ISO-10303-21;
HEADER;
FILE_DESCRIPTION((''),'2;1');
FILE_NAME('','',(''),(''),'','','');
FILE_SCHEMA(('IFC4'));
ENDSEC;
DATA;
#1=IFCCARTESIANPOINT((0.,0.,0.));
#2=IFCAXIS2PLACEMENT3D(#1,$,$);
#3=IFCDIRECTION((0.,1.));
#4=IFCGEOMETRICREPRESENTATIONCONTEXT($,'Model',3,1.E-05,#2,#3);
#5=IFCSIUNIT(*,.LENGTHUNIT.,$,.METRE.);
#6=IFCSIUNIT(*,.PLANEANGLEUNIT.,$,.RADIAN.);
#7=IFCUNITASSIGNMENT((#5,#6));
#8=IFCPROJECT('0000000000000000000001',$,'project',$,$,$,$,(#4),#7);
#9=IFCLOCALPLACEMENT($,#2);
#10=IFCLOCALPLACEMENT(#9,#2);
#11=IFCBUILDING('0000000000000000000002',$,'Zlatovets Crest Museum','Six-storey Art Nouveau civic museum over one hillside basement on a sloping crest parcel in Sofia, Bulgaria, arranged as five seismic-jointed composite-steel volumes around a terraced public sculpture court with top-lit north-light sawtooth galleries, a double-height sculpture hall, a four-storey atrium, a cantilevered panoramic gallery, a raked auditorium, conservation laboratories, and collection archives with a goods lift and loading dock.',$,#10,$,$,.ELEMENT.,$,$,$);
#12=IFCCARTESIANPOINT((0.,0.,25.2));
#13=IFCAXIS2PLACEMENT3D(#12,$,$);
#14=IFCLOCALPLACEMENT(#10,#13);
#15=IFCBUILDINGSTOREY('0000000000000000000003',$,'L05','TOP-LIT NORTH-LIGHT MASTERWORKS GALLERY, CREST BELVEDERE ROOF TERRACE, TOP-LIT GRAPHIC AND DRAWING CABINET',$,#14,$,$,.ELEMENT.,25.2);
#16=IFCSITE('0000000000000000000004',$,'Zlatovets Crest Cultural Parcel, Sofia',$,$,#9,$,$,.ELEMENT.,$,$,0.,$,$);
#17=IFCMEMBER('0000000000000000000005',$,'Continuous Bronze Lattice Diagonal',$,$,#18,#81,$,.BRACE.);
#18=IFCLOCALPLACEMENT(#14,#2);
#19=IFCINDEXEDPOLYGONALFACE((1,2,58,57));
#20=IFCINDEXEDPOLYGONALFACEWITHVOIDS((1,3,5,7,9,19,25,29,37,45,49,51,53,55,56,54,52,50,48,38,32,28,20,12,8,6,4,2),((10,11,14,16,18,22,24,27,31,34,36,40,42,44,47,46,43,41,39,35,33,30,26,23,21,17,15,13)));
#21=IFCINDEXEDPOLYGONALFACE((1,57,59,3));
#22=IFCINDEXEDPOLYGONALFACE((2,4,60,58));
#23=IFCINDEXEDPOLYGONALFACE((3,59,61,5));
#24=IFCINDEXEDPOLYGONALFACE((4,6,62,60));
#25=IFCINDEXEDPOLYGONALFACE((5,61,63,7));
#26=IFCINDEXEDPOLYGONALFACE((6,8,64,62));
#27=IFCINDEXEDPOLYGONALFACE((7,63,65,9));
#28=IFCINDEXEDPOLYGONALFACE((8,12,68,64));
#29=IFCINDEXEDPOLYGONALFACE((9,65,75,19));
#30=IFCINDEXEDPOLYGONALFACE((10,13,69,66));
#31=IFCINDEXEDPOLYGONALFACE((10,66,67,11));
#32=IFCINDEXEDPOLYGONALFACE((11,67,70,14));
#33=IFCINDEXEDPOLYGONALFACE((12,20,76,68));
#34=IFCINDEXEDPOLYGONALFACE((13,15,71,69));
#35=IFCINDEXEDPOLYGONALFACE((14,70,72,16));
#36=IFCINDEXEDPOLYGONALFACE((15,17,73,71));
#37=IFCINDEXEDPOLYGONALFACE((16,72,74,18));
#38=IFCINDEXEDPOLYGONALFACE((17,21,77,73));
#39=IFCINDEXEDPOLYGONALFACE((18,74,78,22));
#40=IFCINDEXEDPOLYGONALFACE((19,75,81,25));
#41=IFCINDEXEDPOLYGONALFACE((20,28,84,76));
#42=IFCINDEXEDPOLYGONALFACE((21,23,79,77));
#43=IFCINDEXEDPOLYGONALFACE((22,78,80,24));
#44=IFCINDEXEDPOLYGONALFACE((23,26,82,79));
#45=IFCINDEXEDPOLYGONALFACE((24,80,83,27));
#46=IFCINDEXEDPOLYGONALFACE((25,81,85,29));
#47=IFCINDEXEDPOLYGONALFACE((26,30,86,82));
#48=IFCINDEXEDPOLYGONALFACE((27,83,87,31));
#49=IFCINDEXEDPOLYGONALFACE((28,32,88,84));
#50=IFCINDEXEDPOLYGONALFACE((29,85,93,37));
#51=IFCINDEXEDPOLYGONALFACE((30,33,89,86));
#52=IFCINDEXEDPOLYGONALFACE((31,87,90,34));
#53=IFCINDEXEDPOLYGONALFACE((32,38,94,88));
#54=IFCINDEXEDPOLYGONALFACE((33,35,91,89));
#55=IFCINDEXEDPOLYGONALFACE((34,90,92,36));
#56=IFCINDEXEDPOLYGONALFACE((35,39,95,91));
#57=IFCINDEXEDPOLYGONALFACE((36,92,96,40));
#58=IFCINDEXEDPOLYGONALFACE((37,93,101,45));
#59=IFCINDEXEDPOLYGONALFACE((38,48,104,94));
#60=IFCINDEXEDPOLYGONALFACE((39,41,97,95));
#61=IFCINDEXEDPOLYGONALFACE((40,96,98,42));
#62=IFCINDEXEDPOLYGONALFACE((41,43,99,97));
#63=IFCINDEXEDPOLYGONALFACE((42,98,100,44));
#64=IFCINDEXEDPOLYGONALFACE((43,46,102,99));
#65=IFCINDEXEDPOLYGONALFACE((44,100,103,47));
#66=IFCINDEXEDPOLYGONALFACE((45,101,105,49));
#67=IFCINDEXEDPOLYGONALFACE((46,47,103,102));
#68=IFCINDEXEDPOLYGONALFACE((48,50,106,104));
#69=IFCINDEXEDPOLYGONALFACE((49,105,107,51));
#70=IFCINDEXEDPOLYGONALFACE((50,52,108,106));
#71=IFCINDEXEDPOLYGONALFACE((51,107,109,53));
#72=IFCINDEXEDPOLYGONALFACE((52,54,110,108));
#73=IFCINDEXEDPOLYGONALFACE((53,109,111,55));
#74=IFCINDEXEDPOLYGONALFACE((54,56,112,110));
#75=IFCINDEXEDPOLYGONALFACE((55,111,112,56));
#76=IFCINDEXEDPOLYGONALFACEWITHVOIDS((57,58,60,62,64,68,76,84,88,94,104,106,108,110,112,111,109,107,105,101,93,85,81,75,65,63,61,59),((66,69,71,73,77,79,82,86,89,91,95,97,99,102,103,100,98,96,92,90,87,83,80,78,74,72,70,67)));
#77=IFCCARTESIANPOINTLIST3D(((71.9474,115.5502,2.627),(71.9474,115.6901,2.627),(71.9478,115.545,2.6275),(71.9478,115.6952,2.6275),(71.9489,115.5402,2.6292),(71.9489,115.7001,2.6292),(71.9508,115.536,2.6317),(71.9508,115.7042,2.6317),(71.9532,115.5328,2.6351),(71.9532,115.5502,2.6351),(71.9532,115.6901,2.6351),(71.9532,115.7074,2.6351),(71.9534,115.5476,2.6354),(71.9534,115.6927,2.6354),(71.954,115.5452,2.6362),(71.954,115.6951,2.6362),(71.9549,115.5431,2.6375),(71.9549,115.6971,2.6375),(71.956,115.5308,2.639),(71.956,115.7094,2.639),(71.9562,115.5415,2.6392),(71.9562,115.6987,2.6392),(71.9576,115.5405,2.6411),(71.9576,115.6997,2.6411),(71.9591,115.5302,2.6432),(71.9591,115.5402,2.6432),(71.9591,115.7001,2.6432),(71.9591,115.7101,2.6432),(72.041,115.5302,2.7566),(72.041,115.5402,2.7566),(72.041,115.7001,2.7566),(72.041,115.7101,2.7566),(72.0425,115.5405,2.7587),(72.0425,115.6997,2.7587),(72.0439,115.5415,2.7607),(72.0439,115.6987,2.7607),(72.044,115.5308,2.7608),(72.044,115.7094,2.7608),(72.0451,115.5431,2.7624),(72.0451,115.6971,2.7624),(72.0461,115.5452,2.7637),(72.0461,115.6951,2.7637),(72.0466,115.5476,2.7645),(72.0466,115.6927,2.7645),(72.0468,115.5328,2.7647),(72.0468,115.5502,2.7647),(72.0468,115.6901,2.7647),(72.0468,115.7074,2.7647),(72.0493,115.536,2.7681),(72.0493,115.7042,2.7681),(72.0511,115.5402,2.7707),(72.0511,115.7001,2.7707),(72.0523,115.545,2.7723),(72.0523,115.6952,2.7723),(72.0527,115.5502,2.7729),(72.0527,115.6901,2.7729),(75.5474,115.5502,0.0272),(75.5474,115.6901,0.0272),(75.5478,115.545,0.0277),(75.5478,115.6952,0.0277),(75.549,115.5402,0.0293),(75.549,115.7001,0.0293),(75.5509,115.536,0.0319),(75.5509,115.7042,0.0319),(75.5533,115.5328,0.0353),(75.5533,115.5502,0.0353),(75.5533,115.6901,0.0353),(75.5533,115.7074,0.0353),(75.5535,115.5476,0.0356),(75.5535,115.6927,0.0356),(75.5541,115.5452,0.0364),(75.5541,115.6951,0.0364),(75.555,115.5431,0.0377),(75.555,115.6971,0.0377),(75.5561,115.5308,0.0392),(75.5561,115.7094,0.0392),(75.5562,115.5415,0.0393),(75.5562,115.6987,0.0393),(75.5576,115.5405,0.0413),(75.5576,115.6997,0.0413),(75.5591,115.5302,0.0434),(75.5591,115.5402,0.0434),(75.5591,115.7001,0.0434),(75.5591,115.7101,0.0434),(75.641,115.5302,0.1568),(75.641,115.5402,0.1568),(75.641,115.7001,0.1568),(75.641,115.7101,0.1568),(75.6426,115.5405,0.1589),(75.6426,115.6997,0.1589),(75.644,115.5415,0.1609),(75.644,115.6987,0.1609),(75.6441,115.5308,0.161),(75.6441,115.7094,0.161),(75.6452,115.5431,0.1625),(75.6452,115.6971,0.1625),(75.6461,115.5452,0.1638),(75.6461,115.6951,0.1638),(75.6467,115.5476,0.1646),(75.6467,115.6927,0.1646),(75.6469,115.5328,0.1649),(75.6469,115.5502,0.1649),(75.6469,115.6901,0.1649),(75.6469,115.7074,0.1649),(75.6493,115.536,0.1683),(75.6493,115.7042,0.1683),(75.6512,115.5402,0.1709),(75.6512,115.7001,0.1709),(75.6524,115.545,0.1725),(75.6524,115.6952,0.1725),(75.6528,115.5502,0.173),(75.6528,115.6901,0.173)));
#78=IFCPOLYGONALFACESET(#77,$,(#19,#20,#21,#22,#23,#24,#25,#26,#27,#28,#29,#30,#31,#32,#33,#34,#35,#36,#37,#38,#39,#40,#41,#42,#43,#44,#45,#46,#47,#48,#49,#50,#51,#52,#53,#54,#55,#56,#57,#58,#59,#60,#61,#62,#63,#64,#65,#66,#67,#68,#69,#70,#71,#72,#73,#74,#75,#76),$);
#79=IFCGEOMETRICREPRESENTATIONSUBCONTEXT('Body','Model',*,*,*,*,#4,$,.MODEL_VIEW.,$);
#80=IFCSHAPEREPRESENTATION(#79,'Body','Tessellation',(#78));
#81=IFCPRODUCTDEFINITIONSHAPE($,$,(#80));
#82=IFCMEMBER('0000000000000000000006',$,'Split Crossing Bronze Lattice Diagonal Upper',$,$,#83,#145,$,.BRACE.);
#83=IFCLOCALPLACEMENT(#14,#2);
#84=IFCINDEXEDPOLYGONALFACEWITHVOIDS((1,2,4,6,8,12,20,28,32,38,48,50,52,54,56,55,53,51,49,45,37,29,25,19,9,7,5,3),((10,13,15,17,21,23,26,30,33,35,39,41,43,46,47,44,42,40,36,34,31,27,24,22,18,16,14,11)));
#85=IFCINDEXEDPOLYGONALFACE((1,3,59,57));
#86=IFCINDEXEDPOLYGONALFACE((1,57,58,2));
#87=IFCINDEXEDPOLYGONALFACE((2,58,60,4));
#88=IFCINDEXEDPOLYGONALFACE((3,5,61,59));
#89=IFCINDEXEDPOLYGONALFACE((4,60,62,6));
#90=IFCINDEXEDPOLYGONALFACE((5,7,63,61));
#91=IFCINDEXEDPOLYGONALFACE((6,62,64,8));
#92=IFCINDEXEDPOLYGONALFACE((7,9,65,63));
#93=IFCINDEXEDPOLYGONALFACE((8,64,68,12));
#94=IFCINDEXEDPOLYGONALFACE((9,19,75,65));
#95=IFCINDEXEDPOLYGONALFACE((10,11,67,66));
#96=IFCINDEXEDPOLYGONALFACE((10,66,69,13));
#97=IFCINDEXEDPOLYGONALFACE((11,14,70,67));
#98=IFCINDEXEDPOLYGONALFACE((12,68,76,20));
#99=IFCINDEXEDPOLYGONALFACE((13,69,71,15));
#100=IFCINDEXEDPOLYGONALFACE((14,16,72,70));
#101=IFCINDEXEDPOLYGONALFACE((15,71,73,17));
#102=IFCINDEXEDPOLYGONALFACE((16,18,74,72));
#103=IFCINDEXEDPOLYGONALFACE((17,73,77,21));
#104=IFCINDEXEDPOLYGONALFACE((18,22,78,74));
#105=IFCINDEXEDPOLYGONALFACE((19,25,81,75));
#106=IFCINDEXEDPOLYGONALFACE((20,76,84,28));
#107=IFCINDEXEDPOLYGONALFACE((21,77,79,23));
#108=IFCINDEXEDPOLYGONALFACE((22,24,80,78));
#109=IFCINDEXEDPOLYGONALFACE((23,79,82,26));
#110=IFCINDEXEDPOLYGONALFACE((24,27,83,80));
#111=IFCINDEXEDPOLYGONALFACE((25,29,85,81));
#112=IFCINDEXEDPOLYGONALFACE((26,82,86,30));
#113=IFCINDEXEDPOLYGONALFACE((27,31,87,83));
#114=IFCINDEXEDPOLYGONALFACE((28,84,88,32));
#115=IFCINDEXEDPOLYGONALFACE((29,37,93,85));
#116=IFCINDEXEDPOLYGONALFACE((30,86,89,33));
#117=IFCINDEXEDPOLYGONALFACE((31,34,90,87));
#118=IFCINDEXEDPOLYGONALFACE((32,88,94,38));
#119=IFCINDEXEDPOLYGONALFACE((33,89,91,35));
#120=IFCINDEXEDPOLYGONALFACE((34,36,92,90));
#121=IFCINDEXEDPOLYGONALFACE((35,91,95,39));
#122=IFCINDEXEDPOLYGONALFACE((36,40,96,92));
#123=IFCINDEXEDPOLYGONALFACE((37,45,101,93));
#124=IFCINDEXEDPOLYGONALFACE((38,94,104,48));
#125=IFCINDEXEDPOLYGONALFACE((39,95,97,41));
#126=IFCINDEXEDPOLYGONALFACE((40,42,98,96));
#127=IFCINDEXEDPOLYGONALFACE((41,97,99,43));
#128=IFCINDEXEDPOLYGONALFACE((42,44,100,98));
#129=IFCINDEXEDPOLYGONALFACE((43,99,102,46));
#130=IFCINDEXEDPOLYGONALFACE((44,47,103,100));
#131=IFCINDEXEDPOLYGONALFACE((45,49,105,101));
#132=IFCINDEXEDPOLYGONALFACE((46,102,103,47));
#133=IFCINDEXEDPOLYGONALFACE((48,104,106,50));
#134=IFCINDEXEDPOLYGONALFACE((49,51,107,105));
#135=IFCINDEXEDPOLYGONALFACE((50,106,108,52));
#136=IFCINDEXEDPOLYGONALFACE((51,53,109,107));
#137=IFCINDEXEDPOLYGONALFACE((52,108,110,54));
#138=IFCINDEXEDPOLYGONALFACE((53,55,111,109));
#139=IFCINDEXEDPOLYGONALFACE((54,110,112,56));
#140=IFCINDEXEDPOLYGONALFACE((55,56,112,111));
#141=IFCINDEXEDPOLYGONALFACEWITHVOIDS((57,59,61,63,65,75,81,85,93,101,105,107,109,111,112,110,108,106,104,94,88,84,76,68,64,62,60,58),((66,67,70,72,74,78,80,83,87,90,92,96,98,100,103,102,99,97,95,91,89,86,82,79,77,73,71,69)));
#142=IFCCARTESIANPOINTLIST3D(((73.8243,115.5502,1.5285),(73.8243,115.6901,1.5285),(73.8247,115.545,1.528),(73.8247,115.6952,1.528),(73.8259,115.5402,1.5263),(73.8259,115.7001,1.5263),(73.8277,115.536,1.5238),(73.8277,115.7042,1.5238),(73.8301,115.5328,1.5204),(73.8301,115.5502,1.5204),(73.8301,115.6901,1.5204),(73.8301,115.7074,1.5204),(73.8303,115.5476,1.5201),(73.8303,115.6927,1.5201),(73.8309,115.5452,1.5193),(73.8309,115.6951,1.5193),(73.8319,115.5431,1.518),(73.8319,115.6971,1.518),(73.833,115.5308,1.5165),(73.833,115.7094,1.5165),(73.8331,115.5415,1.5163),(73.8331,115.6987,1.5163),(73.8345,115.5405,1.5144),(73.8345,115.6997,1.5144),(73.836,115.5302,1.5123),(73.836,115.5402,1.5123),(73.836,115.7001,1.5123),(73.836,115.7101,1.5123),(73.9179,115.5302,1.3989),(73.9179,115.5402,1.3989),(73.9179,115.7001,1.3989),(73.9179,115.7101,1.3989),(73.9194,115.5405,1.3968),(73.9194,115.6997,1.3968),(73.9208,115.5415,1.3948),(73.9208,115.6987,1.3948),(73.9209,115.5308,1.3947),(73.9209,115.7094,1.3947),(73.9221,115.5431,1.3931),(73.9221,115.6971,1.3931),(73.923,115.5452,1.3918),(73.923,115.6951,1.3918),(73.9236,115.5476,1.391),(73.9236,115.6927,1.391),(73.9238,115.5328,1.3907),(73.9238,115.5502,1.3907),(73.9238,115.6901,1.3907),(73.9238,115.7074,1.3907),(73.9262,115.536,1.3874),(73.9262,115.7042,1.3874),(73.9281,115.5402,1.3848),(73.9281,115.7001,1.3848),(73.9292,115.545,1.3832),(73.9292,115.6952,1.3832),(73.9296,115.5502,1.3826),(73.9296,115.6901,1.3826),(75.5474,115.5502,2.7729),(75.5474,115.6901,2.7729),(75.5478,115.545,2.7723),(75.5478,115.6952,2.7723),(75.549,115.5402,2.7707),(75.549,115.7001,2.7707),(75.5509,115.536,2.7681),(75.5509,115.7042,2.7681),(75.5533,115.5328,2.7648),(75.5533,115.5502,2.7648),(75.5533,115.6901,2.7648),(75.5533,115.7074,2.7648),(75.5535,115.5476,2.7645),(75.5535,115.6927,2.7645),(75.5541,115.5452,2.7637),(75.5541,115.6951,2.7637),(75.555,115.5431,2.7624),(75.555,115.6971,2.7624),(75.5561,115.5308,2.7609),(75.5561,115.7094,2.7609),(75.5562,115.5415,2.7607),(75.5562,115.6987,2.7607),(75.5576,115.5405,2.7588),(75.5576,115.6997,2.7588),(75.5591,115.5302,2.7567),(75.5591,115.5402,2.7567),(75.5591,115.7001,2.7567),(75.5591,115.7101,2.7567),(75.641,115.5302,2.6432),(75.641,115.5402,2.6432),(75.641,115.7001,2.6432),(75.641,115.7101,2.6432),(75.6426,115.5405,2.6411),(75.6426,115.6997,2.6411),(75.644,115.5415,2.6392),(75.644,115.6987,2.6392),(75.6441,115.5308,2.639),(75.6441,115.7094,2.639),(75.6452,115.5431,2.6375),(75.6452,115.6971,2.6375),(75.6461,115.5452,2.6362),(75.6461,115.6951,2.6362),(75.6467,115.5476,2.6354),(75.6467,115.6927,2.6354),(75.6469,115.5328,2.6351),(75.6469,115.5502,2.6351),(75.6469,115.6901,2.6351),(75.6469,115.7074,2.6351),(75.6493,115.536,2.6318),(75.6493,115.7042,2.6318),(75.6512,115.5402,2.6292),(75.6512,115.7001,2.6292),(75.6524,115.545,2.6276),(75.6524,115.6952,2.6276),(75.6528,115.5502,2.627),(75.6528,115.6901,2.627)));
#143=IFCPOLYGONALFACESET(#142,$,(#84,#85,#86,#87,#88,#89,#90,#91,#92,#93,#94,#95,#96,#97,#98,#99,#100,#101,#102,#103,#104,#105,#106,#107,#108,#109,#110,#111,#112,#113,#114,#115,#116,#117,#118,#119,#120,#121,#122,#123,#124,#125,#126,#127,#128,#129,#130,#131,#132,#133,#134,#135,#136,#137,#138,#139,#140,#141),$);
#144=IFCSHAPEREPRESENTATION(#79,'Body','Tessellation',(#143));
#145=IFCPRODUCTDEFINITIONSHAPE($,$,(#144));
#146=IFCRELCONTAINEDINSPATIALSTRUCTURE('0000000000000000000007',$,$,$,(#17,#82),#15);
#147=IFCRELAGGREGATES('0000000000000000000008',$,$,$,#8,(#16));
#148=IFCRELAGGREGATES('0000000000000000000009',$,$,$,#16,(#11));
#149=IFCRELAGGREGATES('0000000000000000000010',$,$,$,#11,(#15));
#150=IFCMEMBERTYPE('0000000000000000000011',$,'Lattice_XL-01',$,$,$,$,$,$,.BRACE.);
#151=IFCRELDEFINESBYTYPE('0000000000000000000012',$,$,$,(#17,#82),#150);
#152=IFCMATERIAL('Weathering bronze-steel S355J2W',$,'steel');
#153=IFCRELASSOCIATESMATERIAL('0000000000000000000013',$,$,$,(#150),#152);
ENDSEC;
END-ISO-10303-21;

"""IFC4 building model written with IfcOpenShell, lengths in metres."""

from ifc_helpers import new_model, si_unit, direction, frame, origin, origin_2d, place, context, subcontext, project, spatial, hollow_rectangle, extrude, material, material_profile, profile_set, type_object, element, save


model = new_model("IFC4")

# Units and contexts
model_context = context("Model", 3, precision=1e-05, world=origin(), true_north=direction((0.0, 1.0)))
body_context = subcontext(model_context, "Body", "Model", "MODEL_VIEW")
ifc_project = project(units=[si_unit("LENGTHUNIT", "METRE"), si_unit("PLANEANGLEUNIT", "RADIAN")], contexts=[model_context])

# Site, building, storey
site_placement = place(None, origin())
site = spatial("IfcSite", under=ifc_project, at=site_placement, Name="Zlatovets Crest Cultural Parcel, Sofia", CompositionType="ELEMENT", RefElevation=0.0)
building_placement = place(site_placement, origin())
building = spatial("IfcBuilding", under=site, at=building_placement, Name="Zlatovets Crest Museum", Description="Six-storey Art Nouveau civic museum over one hillside basement on a sloping crest parcel in Sofia, Bulgaria, arranged as five seismic-jointed composite-steel volumes around a terraced public sculpture court with top-lit north-light sawtooth galleries, a double-height sculpture hall, a four-storey atrium, a cantilevered panoramic gallery, a raked auditorium, conservation laboratories, and collection archives with a goods lift and loading dock.", CompositionType="ELEMENT")
storey_placement = place(building_placement, frame((0.0, 0.0, 25.2)))
storey = spatial("IfcBuildingStorey", under=building, at=storey_placement, Name="L05", Description="TOP-LIT NORTH-LIGHT MASTERWORKS GALLERY, CREST BELVEDERE ROOF TERRACE, TOP-LIT GRAPHIC AND DRAWING CABINET", CompositionType="ELEMENT", Elevation=25.2)

# Members
ifc_material_1 = material(Name="Weathering bronze-steel S355J2W", Category="steel")
ifc_material_profile_1 = material_profile(ifc_material_1, hollow_rectangle(XDim=0.1799, YDim=0.1799, WallThickness=0.01, InnerFilletRadius=0.01, OuterFilletRadius=0.02, at=origin_2d()), Name="SHS 180x180x10.0")
ifc_profile_set_1 = profile_set([ifc_material_profile_1], Name="Weathering bronze-steel S355J2W")
member_type_1 = type_object("IfcMemberType", Name="Lattice_XL-01", PredefinedType="BRACE", material=ifc_profile_set_1)
member_1_placement = place(storey_placement, frame((75.6001, 115.6201, 0.1001), z_axis=(-0.810702, 0.0, 0.585458), x_axis=(0.0, -1.0, 0.0)))
element("IfcMember", 1, at=member_1_placement, inside=storey, type_object=member_type_1, Name="Continuous Bronze Lattice Diagonal", PredefinedType="BRACE", context=body_context, shape_type="SweptSolid", body=[
    extrude(hollow_rectangle(XDim=0.1799, YDim=0.1799, WallThickness=0.01, InnerFilletRadius=0.01, OuterFilletRadius=0.02, at=origin_2d()), origin(), (0.0, 0.0, 1.0), 4.4407),
])
member_2_placement = place(storey_placement, frame((75.6001, 115.6201, 2.7), z_axis=(-0.810703, 0.0, -0.585457), x_axis=(0.0, -1.0, 0.0)))
element("IfcMember", 2, at=member_2_placement, inside=storey, type_object=member_type_1, Name="Split Crossing Bronze Lattice Diagonal Upper", PredefinedType="BRACE", context=body_context, shape_type="SweptSolid", body=[
    extrude(hollow_rectangle(XDim=0.1799, YDim=0.1799, WallThickness=0.01, InnerFilletRadius=0.01, OuterFilletRadius=0.02, at=origin_2d()), origin(), (0.0, 0.0, 1.0), 2.1255),
])

save(model, "model.ifc")
